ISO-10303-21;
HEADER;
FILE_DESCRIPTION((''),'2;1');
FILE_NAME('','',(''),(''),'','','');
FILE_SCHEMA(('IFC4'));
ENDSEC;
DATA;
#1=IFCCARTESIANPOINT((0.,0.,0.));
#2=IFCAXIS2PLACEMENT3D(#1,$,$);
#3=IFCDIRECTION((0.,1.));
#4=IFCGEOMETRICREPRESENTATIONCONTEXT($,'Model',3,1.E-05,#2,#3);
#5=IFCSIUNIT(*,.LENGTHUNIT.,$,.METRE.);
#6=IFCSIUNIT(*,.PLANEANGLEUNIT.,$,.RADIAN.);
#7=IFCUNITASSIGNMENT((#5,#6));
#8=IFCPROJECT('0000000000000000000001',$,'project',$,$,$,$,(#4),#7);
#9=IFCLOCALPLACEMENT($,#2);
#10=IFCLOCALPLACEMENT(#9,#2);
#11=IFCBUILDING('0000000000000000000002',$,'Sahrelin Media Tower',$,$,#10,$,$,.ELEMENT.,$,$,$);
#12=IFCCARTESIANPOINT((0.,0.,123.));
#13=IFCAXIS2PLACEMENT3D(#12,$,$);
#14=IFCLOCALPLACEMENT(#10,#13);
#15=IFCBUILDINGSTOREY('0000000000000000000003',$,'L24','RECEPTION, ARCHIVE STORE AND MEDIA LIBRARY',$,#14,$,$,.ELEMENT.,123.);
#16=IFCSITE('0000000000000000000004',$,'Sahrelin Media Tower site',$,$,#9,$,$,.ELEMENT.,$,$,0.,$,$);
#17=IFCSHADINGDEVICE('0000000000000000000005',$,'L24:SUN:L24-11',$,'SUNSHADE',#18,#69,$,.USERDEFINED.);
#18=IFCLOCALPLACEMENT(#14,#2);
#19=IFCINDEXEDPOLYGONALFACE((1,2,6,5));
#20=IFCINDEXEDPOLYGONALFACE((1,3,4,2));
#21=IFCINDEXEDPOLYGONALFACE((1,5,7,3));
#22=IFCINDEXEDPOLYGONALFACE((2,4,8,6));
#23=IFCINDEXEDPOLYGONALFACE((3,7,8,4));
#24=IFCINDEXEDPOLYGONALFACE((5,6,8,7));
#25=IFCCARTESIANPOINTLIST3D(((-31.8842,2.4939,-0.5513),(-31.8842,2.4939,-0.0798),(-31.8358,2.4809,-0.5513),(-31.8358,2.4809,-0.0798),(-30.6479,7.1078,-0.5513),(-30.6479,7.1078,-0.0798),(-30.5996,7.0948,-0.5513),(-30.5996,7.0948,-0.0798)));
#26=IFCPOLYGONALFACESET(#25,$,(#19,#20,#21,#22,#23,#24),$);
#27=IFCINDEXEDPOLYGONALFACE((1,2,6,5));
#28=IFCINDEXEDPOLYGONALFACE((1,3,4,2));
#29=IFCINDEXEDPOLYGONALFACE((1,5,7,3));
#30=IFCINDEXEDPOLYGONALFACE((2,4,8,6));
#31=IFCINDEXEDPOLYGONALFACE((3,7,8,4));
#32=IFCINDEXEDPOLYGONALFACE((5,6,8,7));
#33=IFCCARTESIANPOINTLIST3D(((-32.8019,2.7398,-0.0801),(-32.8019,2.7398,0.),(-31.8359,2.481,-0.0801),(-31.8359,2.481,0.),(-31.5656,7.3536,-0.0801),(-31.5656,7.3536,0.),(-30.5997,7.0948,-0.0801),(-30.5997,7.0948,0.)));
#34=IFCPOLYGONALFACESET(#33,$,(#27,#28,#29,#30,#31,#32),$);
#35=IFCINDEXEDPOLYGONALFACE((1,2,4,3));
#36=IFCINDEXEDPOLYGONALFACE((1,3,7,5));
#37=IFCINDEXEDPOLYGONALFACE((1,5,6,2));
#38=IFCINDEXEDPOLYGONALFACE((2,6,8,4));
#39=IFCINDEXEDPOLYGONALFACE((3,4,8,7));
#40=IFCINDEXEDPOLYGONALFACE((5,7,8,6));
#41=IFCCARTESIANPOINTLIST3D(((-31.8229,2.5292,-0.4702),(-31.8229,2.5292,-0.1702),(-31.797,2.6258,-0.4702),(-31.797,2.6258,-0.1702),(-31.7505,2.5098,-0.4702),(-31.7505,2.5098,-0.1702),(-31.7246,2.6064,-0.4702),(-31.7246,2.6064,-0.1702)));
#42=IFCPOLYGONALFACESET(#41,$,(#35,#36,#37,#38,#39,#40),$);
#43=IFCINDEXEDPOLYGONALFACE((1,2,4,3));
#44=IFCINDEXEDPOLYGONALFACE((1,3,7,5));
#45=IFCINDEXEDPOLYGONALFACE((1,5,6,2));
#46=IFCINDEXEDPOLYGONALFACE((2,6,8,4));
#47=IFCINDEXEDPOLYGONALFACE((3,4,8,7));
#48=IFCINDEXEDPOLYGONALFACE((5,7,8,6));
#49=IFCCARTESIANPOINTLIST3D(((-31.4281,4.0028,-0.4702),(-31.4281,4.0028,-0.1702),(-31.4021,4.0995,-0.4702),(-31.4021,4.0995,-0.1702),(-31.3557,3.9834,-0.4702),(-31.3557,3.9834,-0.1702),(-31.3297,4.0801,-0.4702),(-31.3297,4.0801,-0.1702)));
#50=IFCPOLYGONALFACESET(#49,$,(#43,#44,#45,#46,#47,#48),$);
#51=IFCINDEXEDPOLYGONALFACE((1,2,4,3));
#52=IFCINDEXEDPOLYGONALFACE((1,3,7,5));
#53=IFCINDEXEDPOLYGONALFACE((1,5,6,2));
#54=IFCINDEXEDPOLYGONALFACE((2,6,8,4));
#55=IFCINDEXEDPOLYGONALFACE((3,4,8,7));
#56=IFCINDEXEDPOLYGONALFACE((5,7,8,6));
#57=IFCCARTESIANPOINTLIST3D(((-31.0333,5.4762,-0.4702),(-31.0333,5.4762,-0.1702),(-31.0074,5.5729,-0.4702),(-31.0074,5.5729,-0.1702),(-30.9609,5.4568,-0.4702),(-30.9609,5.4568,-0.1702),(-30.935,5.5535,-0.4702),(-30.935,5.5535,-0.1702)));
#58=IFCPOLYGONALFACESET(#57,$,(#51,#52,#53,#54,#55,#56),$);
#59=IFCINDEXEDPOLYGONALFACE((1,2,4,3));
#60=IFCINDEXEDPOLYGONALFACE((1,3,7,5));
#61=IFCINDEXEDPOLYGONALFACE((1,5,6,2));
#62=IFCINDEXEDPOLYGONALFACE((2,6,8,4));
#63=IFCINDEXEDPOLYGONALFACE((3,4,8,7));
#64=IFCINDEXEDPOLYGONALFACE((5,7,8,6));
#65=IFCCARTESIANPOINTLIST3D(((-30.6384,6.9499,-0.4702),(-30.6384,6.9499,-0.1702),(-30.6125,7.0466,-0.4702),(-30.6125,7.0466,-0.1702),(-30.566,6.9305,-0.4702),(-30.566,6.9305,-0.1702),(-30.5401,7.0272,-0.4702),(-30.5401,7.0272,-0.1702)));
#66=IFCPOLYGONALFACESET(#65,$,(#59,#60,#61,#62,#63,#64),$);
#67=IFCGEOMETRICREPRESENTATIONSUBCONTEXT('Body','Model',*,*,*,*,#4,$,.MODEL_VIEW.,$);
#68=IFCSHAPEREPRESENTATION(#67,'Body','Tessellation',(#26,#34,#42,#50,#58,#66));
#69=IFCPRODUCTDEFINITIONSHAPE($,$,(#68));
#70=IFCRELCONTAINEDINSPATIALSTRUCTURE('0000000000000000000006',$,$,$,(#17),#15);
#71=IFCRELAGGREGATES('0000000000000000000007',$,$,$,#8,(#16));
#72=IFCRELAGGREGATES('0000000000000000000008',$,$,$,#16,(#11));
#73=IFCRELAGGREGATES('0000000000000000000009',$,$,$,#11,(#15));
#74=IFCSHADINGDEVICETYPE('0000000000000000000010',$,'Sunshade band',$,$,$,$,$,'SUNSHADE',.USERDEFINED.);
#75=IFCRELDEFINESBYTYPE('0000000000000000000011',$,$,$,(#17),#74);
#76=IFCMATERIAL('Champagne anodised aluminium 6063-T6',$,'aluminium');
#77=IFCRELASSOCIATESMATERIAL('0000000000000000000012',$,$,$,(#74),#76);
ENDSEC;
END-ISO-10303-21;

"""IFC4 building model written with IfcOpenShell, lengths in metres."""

from ifc_helpers import new_model, si_unit, direction, frame, origin, origin_2d, place, context, subcontext, project, spatial, rectangle, extrude, material, type_object, element, save


model = new_model("IFC4")

# Units and contexts
model_context = context("Model", 3, precision=1e-05, world=origin(), true_north=direction((0.0, 1.0)))
body_context = subcontext(model_context, "Body", "Model", "MODEL_VIEW")
ifc_project = project(units=[si_unit("LENGTHUNIT", "METRE"), si_unit("PLANEANGLEUNIT", "RADIAN")], contexts=[model_context])

# Site, building, storey
site_placement = place(None, origin())
site = spatial("IfcSite", under=ifc_project, at=site_placement, Name="Sahrelin Media Tower site", CompositionType="ELEMENT", RefElevation=0.0)
building_placement = place(site_placement, origin())
building = spatial("IfcBuilding", under=site, at=building_placement, Name="Sahrelin Media Tower", CompositionType="ELEMENT")
storey_placement = place(building_placement, frame((0.0, 0.0, 123.0)))
storey = spatial("IfcBuildingStorey", under=building, at=storey_placement, Name="L24", Description="RECEPTION, ARCHIVE STORE AND MEDIA LIBRARY", CompositionType="ELEMENT", Elevation=123.0)

# Shared definitions
ifc_material_1 = material(Name="Champagne anodised aluminium 6063-T6", Category="aluminium")

# Shading device
placement_1 = place(storey_placement, frame((-31.1985, 4.7827, 0.0), z_axis=(0.0, 0.0, 1.0), x_axis=(0.258808, 0.965929, 0.0)))
shading_device_type_1 = type_object("IfcShadingDeviceType", Name="Sunshade band", ElementType="SUNSHADE", PredefinedType="USERDEFINED", material=ifc_material_1)
element("IfcShadingDevice", 1, at=placement_1, inside=storey, type_object=shading_device_type_1, Name="L24:SUN:L24-11", ObjectType="SUNSHADE", PredefinedType="USERDEFINED", context=body_context, shape_type="SweptSolid", body=[
    extrude(rectangle(XDim=4.7766, YDim=0.05, at=origin_2d()), frame((0.0, 0.0449, -0.5513)), (0.0, 0.0, 1.0), 0.4714),
    extrude(rectangle(XDim=4.7766, YDim=1.0, at=origin_2d()), frame((0.0, 0.52, -0.0801)), (0.0, 0.0, 1.0), 0.0801),
    extrude(rectangle(XDim=0.1001, YDim=0.075, at=origin_2d()), frame((-2.2883, -0.0176, -0.4702)), (0.0, 0.0, 1.0), 0.3),
    extrude(rectangle(XDim=0.1001, YDim=0.075, at=origin_2d()), frame((-0.7627, -0.0176, -0.4702)), (0.0, 0.0, 1.0), 0.3),
    extrude(rectangle(XDim=0.1001, YDim=0.075, at=origin_2d()), frame((0.7627, -0.0176, -0.4702)), (0.0, 0.0, 1.0), 0.3),
    extrude(rectangle(XDim=0.1001, YDim=0.075, at=origin_2d()), frame((2.2883, -0.0176, -0.4702)), (0.0, 0.0, 1.0), 0.3),
])

save(model, "model.ifc")
